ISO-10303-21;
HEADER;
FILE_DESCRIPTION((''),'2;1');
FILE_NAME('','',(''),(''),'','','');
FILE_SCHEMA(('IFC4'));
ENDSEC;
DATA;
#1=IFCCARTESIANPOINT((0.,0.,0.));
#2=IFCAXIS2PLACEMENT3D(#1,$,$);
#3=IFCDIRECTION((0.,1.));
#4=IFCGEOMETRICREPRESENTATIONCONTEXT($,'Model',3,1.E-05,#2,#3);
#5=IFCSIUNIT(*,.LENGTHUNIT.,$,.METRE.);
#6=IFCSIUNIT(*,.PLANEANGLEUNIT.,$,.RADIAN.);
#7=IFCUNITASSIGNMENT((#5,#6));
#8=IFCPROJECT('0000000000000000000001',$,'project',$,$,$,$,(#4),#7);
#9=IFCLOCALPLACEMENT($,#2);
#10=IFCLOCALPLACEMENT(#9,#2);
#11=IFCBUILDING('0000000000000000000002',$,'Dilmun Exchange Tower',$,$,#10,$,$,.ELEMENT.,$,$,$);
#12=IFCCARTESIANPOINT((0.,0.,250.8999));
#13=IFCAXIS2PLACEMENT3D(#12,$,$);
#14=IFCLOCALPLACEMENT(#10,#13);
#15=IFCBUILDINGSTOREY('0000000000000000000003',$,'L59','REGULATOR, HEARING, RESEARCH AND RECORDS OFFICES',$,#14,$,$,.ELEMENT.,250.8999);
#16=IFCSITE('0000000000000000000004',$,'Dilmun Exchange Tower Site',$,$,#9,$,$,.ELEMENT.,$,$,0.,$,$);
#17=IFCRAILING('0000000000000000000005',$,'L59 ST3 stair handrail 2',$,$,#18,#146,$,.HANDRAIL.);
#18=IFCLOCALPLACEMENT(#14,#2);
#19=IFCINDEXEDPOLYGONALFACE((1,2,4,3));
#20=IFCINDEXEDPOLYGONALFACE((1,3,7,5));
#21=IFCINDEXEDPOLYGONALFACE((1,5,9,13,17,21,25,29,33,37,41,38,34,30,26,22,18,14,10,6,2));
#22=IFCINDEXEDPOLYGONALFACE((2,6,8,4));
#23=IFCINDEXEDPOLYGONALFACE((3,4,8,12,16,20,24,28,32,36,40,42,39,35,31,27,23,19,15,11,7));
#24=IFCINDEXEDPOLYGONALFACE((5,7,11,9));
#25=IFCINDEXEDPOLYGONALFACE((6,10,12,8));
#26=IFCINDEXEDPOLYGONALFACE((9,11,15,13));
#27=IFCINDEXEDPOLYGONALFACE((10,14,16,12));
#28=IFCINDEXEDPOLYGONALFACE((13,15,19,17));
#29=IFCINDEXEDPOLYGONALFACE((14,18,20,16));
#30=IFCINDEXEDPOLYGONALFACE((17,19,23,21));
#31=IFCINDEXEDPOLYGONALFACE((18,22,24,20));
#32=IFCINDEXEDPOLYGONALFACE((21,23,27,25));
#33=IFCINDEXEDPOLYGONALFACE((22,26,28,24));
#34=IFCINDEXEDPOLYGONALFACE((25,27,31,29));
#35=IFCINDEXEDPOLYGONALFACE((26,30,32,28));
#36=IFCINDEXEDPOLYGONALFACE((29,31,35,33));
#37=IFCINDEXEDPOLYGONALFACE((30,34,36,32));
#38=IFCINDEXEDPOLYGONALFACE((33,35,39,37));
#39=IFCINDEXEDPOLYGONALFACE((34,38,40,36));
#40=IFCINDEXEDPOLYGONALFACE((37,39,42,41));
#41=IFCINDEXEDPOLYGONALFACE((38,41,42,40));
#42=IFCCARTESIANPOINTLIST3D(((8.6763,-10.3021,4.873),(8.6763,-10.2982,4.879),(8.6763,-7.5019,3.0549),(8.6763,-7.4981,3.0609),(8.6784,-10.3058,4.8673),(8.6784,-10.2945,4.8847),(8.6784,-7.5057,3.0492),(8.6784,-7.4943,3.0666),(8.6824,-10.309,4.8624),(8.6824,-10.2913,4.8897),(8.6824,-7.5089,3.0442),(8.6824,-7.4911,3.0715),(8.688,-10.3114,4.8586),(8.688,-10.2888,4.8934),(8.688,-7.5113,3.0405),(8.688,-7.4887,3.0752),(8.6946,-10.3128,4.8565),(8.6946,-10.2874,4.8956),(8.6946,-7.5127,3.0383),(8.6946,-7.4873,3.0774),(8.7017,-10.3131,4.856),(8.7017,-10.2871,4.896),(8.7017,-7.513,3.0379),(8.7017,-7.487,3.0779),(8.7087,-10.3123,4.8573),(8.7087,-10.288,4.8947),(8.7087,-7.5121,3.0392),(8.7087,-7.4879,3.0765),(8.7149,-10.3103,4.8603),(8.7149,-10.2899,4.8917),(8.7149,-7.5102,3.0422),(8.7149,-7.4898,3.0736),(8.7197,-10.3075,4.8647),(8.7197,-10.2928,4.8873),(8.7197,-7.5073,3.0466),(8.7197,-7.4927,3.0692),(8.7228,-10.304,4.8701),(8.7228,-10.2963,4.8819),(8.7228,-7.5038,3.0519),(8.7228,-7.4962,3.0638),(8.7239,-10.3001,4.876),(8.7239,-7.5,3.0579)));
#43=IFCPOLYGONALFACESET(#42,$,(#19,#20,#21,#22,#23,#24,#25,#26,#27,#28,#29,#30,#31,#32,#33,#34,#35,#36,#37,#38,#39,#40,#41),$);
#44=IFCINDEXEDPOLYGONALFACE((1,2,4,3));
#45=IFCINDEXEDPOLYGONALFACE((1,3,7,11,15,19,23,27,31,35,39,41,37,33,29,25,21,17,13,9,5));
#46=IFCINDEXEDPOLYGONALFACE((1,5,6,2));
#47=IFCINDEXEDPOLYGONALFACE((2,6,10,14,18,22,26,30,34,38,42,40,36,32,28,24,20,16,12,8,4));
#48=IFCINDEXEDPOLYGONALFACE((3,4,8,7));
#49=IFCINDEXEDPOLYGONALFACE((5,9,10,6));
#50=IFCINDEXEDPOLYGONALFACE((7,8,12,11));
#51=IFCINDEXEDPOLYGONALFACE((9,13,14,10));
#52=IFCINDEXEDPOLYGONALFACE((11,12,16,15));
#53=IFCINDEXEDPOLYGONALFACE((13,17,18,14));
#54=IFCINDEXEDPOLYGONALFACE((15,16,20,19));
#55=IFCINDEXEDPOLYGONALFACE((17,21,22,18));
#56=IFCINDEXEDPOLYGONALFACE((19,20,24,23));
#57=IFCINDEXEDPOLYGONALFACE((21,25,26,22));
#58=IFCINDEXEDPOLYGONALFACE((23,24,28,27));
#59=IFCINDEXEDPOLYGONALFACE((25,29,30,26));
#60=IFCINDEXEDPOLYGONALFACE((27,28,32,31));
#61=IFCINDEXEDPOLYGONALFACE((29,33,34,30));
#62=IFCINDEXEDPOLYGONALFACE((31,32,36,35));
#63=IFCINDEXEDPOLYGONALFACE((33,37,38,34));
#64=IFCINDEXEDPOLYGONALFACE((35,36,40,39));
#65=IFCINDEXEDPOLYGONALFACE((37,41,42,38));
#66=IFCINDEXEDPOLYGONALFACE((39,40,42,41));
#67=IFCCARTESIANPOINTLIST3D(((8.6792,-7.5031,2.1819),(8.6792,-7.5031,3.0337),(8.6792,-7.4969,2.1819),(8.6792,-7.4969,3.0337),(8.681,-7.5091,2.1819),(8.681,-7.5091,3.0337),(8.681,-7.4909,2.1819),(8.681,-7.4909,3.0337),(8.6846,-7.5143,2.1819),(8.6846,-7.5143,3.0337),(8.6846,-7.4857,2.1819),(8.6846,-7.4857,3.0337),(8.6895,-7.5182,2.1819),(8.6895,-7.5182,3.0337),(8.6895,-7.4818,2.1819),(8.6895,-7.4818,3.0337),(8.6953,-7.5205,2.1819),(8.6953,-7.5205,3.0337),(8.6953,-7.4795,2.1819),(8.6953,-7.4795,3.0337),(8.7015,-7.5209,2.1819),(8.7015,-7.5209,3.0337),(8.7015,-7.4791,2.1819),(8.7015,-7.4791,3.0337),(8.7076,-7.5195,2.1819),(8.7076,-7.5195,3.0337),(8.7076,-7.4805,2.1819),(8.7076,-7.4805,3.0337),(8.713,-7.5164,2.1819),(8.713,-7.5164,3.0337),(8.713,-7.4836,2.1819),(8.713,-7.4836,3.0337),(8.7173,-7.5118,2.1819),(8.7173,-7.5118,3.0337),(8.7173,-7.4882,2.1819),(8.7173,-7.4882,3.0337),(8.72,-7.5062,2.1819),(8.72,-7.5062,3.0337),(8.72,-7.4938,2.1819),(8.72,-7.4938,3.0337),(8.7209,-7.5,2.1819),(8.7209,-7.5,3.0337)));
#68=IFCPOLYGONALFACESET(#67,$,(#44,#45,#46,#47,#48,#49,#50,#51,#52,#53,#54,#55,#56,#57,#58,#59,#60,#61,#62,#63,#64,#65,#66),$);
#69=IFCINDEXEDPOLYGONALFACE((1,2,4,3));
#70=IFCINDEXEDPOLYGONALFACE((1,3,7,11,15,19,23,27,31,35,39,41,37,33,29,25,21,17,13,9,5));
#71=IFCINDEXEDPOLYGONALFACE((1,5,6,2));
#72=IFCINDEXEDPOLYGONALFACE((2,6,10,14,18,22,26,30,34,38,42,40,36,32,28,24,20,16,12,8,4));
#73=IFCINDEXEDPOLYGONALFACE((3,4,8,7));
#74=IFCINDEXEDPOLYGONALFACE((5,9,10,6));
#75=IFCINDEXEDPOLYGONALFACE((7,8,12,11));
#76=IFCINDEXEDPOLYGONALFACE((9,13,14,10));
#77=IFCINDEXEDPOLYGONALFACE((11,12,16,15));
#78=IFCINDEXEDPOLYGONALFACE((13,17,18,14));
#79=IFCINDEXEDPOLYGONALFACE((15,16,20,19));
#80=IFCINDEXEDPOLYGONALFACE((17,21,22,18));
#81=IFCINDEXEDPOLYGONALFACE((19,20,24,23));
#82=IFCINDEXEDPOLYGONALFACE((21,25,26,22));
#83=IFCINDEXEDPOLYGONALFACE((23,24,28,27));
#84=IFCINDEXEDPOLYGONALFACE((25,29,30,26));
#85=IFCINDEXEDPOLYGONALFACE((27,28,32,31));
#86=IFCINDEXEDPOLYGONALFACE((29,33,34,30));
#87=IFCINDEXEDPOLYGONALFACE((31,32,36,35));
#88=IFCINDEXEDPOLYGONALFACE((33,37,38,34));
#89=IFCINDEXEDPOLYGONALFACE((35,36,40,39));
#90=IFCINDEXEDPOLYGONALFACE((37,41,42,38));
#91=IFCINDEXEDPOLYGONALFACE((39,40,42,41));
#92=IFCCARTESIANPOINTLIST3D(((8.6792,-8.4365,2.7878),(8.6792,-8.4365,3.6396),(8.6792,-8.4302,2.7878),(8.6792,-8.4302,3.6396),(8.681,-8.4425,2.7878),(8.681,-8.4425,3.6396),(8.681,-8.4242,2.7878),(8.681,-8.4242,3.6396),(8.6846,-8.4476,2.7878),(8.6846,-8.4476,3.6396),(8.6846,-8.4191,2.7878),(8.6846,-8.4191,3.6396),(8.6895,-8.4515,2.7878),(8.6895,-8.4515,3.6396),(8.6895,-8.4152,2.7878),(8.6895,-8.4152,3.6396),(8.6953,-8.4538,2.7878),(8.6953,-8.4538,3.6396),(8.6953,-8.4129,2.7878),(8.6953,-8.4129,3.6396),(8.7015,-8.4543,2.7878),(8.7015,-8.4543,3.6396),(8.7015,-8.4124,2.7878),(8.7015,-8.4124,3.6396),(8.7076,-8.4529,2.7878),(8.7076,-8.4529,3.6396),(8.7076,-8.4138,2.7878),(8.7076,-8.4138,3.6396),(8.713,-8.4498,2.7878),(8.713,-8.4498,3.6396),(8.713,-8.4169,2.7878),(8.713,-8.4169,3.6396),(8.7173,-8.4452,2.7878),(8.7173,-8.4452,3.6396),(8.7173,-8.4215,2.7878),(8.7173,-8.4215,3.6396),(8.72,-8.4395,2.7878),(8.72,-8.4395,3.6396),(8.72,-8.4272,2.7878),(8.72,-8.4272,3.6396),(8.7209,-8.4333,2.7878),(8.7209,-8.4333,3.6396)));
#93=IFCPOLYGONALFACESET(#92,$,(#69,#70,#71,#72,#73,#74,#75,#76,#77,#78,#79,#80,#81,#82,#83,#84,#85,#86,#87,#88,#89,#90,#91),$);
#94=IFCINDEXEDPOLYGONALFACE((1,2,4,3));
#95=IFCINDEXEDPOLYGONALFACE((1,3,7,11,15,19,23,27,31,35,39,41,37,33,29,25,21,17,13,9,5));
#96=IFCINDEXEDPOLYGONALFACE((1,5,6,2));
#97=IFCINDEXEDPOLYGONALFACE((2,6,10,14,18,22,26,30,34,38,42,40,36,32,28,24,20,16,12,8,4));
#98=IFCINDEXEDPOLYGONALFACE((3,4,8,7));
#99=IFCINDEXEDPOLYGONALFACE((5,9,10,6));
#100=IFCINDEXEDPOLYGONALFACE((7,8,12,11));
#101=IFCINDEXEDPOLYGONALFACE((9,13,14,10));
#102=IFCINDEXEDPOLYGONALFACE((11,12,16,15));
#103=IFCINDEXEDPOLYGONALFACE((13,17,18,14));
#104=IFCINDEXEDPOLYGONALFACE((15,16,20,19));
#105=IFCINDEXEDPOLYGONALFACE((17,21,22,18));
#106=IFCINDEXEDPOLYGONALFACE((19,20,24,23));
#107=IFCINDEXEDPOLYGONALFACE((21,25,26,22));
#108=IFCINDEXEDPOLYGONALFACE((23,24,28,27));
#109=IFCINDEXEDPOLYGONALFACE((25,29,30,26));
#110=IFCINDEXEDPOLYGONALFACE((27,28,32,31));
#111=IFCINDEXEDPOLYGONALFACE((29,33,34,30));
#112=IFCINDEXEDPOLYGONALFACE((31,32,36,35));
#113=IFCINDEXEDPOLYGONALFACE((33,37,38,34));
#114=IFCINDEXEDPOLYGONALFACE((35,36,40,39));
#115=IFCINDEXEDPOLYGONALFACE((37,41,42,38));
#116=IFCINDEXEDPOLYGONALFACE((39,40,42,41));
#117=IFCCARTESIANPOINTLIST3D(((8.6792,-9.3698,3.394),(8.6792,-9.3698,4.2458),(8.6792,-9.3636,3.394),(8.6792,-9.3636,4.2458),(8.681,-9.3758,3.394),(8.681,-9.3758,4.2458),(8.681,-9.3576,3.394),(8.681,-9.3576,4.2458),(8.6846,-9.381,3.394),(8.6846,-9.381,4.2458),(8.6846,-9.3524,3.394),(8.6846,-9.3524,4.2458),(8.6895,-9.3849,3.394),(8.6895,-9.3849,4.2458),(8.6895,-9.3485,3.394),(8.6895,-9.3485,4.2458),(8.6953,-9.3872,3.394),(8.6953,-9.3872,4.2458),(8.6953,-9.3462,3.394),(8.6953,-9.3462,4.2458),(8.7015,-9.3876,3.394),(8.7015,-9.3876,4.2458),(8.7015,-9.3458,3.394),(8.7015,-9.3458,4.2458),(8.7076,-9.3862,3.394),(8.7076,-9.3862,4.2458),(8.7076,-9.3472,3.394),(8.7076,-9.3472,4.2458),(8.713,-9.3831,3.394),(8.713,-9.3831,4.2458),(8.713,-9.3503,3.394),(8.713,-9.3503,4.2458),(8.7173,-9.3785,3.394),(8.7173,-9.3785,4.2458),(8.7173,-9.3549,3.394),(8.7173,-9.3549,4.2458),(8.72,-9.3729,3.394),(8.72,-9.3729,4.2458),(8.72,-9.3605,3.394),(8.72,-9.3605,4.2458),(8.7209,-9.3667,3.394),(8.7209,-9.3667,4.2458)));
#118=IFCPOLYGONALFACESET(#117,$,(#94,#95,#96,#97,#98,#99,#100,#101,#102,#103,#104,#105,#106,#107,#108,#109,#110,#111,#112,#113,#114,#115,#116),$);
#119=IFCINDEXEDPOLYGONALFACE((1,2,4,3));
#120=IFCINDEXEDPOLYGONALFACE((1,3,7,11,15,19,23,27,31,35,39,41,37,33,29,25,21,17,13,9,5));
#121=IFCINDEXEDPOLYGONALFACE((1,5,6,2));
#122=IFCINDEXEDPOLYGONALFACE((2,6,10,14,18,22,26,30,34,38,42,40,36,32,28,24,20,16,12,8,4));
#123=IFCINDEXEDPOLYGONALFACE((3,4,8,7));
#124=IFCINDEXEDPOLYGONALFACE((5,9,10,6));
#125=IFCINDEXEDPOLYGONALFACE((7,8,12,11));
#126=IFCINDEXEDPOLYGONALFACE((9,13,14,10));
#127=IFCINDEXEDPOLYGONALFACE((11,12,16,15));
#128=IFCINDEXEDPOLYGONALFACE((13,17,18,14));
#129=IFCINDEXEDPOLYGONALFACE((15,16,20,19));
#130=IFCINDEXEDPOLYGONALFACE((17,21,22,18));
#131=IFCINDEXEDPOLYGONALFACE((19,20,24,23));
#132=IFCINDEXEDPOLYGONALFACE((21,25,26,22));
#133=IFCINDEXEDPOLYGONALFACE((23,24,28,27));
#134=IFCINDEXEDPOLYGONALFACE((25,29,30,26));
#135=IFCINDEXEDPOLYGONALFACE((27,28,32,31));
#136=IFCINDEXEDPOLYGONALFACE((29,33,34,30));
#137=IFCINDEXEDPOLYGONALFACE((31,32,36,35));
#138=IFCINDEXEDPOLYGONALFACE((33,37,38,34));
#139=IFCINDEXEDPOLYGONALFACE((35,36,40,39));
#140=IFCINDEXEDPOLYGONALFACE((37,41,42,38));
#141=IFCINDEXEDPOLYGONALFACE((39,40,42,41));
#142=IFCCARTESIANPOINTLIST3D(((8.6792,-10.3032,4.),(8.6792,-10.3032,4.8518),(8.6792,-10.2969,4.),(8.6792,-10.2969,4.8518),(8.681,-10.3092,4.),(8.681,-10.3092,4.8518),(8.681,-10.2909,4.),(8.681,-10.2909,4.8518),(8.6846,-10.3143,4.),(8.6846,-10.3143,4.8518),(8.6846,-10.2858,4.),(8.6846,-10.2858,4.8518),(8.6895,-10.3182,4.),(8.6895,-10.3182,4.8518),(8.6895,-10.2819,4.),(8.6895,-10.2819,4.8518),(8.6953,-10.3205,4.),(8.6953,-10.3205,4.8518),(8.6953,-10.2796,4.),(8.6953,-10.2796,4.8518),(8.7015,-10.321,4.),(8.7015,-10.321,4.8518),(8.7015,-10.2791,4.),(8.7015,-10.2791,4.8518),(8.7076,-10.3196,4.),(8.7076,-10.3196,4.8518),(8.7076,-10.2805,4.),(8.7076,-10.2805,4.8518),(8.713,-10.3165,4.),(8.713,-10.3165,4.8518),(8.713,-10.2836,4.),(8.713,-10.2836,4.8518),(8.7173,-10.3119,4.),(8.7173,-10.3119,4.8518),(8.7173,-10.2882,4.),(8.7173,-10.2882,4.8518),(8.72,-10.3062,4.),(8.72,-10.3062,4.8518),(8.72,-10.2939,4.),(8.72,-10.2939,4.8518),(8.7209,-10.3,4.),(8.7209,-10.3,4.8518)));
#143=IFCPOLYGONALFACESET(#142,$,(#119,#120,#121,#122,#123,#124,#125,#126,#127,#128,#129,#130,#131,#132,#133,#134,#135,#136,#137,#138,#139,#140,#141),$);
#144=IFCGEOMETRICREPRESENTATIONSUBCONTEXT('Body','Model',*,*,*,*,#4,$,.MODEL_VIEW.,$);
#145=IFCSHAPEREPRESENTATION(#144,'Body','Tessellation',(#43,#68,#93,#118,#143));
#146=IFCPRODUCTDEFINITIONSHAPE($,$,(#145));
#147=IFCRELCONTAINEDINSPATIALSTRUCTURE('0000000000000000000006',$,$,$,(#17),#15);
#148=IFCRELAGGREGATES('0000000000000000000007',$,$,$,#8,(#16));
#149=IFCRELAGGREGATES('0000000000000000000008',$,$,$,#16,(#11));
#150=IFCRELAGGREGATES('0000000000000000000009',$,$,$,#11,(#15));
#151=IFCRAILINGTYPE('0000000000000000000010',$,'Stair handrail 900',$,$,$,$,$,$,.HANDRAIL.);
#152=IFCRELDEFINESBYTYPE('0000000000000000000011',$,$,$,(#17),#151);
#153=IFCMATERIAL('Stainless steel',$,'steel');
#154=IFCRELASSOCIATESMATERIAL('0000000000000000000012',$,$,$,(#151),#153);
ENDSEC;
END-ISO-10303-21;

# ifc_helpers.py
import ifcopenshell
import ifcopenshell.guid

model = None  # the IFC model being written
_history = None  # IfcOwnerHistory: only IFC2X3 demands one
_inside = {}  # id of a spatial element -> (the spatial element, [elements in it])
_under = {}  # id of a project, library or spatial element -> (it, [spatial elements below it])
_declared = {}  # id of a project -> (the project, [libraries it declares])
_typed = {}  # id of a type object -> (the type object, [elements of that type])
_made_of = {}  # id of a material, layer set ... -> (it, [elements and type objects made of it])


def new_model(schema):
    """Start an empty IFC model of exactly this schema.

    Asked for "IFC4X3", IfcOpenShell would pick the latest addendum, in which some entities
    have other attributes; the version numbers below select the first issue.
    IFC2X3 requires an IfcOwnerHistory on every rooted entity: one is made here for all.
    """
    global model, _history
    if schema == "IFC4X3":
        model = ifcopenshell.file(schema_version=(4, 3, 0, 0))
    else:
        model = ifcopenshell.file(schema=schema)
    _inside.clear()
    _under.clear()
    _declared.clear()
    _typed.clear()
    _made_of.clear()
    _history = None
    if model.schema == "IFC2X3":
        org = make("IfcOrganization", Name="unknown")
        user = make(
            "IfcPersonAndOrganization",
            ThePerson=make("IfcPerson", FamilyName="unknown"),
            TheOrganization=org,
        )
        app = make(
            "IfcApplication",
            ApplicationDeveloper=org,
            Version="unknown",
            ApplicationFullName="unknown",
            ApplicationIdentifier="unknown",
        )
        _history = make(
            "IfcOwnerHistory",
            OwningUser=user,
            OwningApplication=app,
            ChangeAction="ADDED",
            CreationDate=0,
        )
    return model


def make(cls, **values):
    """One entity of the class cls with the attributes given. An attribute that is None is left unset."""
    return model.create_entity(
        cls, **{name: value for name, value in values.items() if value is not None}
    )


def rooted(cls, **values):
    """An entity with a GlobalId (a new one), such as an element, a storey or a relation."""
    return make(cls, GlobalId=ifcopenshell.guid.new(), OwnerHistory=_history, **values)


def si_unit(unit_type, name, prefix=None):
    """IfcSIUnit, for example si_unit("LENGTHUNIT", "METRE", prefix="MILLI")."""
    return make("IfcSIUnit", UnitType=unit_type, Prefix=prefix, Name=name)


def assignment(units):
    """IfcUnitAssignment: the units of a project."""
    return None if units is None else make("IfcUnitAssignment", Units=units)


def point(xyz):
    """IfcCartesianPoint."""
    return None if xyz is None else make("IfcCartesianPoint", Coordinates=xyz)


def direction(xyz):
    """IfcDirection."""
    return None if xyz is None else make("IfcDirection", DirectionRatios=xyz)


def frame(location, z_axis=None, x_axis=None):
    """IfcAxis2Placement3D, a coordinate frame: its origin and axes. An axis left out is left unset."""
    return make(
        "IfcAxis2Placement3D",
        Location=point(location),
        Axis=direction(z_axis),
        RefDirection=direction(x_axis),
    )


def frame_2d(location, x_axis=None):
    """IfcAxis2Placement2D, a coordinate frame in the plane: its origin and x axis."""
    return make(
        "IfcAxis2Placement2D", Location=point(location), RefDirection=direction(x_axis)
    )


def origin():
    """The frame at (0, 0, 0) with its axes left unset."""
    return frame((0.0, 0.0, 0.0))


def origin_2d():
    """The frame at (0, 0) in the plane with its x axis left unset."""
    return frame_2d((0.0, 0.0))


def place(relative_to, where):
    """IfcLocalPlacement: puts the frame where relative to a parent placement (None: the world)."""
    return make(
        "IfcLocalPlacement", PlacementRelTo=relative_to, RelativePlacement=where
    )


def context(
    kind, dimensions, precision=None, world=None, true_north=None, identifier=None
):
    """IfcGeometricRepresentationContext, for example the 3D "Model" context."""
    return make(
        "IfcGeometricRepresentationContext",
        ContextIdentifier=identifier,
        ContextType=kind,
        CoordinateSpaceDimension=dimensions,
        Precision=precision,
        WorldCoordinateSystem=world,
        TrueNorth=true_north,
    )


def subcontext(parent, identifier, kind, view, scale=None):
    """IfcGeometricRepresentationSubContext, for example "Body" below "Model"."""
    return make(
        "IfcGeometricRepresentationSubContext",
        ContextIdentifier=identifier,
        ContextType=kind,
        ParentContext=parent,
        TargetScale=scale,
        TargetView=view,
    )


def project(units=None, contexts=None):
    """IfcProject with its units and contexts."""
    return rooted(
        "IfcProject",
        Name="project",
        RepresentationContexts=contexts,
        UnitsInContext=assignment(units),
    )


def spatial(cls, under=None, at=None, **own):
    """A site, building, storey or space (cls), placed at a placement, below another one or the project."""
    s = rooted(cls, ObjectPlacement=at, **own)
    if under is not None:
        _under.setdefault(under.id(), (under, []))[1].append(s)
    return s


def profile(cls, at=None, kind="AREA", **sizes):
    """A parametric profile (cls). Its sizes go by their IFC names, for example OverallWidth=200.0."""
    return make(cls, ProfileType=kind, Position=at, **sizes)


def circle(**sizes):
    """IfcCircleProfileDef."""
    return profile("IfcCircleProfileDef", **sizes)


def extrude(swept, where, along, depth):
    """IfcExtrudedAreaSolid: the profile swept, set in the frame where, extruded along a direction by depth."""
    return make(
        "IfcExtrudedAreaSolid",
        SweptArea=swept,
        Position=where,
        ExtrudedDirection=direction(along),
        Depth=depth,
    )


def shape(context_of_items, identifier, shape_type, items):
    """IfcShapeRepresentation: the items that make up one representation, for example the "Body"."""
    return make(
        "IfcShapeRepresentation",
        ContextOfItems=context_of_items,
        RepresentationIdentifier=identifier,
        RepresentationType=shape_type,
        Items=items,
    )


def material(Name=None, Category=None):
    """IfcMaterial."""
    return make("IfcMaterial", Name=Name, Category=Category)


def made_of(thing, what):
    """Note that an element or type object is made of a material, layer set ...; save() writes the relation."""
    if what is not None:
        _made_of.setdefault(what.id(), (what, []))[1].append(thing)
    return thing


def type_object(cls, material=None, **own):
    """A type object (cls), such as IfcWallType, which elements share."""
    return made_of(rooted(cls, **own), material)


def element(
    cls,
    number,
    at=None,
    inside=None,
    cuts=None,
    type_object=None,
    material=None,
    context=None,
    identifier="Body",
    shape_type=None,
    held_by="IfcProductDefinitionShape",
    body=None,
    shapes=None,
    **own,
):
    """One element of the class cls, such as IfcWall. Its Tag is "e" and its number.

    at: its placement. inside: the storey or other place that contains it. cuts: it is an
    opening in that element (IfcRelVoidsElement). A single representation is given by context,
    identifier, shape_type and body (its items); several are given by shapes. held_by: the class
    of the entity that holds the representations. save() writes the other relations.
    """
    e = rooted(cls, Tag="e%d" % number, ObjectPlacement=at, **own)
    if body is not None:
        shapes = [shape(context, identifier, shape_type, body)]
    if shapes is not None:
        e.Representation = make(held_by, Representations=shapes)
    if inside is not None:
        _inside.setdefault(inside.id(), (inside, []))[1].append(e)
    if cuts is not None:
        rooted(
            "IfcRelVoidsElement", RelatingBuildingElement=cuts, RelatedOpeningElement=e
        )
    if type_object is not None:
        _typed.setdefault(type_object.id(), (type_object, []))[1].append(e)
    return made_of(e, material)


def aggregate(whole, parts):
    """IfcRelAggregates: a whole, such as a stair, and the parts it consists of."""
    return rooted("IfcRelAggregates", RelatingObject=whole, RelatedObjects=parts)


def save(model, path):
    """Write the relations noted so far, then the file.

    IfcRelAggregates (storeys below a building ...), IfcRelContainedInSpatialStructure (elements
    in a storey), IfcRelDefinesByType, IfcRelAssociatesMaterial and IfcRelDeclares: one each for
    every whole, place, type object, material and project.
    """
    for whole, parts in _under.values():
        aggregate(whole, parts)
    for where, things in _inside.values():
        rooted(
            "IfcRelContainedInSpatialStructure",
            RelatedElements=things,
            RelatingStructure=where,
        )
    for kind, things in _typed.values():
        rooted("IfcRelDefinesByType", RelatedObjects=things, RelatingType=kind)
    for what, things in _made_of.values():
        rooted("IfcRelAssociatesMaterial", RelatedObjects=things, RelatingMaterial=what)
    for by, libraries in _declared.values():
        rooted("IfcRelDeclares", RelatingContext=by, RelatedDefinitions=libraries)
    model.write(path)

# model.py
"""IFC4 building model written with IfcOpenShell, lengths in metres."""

from ifc_helpers import new_model, si_unit, direction, frame, origin, origin_2d, place, context, subcontext, project, spatial, circle, extrude, material, type_object, element, save


model = new_model("IFC4")

# Units and contexts
model_context = context("Model", 3, precision=1e-05, world=origin(), true_north=direction((0.0, 1.0)))
body_context = subcontext(model_context, "Body", "Model", "MODEL_VIEW")
ifc_project = project(units=[si_unit("LENGTHUNIT", "METRE"), si_unit("PLANEANGLEUNIT", "RADIAN")], contexts=[model_context])

# Site, building, storey
site_placement = place(None, origin())
site = spatial("IfcSite", under=ifc_project, at=site_placement, Name="Dilmun Exchange Tower Site", CompositionType="ELEMENT", RefElevation=0.0)
building_placement = place(site_placement, origin())
building = spatial("IfcBuilding", under=site, at=building_placement, Name="Dilmun Exchange Tower", CompositionType="ELEMENT")
storey_placement = place(building_placement, frame((0.0, 0.0, 250.8999)))
storey = spatial("IfcBuildingStorey", under=building, at=storey_placement, Name="L59", Description="REGULATOR, HEARING, RESEARCH AND RECORDS OFFICES", CompositionType="ELEMENT", Elevation=250.8999)

# Railing
ifc_material_1 = material(Name="Stainless steel", Category="steel")
railing_type = type_object("IfcRailingType", Name="Stair handrail 900", PredefinedType="HANDRAIL", material=ifc_material_1)
railing_1_placement = place(storey_placement, frame((8.7, -7.5, 2.1819)))
element("IfcRailing", 1, at=railing_1_placement, inside=storey, type_object=railing_type, Name="L59 ST3 stair handrail 2", PredefinedType="HANDRAIL", context=body_context, shape_type="SweptSolid", body=[
    extrude(circle(Radius=0.0239, at=origin_2d()), frame((0.0, 0.0, 0.876), z_axis=(0.0, -0.838706, 0.544585), x_axis=(1.0, 0.0, 0.0)), (0.0, 0.0, 1.0), 3.3386),
    extrude(circle(Radius=0.021, at=origin_2d()), origin(), (0.0, 0.0, 1.0), 0.8518),
    extrude(circle(Radius=0.021, at=origin_2d()), frame((0.0, -0.9333, 0.606)), (0.0, 0.0, 1.0), 0.8518),
    extrude(circle(Radius=0.021, at=origin_2d()), frame((0.0, -1.8667, 1.2122)), (0.0, 0.0, 1.0), 0.8518),
    extrude(circle(Radius=0.021, at=origin_2d()), frame((0.0, -2.8, 1.8181)), (0.0, 0.0, 1.0), 0.8518),
])

save(model, "model.ifc")
